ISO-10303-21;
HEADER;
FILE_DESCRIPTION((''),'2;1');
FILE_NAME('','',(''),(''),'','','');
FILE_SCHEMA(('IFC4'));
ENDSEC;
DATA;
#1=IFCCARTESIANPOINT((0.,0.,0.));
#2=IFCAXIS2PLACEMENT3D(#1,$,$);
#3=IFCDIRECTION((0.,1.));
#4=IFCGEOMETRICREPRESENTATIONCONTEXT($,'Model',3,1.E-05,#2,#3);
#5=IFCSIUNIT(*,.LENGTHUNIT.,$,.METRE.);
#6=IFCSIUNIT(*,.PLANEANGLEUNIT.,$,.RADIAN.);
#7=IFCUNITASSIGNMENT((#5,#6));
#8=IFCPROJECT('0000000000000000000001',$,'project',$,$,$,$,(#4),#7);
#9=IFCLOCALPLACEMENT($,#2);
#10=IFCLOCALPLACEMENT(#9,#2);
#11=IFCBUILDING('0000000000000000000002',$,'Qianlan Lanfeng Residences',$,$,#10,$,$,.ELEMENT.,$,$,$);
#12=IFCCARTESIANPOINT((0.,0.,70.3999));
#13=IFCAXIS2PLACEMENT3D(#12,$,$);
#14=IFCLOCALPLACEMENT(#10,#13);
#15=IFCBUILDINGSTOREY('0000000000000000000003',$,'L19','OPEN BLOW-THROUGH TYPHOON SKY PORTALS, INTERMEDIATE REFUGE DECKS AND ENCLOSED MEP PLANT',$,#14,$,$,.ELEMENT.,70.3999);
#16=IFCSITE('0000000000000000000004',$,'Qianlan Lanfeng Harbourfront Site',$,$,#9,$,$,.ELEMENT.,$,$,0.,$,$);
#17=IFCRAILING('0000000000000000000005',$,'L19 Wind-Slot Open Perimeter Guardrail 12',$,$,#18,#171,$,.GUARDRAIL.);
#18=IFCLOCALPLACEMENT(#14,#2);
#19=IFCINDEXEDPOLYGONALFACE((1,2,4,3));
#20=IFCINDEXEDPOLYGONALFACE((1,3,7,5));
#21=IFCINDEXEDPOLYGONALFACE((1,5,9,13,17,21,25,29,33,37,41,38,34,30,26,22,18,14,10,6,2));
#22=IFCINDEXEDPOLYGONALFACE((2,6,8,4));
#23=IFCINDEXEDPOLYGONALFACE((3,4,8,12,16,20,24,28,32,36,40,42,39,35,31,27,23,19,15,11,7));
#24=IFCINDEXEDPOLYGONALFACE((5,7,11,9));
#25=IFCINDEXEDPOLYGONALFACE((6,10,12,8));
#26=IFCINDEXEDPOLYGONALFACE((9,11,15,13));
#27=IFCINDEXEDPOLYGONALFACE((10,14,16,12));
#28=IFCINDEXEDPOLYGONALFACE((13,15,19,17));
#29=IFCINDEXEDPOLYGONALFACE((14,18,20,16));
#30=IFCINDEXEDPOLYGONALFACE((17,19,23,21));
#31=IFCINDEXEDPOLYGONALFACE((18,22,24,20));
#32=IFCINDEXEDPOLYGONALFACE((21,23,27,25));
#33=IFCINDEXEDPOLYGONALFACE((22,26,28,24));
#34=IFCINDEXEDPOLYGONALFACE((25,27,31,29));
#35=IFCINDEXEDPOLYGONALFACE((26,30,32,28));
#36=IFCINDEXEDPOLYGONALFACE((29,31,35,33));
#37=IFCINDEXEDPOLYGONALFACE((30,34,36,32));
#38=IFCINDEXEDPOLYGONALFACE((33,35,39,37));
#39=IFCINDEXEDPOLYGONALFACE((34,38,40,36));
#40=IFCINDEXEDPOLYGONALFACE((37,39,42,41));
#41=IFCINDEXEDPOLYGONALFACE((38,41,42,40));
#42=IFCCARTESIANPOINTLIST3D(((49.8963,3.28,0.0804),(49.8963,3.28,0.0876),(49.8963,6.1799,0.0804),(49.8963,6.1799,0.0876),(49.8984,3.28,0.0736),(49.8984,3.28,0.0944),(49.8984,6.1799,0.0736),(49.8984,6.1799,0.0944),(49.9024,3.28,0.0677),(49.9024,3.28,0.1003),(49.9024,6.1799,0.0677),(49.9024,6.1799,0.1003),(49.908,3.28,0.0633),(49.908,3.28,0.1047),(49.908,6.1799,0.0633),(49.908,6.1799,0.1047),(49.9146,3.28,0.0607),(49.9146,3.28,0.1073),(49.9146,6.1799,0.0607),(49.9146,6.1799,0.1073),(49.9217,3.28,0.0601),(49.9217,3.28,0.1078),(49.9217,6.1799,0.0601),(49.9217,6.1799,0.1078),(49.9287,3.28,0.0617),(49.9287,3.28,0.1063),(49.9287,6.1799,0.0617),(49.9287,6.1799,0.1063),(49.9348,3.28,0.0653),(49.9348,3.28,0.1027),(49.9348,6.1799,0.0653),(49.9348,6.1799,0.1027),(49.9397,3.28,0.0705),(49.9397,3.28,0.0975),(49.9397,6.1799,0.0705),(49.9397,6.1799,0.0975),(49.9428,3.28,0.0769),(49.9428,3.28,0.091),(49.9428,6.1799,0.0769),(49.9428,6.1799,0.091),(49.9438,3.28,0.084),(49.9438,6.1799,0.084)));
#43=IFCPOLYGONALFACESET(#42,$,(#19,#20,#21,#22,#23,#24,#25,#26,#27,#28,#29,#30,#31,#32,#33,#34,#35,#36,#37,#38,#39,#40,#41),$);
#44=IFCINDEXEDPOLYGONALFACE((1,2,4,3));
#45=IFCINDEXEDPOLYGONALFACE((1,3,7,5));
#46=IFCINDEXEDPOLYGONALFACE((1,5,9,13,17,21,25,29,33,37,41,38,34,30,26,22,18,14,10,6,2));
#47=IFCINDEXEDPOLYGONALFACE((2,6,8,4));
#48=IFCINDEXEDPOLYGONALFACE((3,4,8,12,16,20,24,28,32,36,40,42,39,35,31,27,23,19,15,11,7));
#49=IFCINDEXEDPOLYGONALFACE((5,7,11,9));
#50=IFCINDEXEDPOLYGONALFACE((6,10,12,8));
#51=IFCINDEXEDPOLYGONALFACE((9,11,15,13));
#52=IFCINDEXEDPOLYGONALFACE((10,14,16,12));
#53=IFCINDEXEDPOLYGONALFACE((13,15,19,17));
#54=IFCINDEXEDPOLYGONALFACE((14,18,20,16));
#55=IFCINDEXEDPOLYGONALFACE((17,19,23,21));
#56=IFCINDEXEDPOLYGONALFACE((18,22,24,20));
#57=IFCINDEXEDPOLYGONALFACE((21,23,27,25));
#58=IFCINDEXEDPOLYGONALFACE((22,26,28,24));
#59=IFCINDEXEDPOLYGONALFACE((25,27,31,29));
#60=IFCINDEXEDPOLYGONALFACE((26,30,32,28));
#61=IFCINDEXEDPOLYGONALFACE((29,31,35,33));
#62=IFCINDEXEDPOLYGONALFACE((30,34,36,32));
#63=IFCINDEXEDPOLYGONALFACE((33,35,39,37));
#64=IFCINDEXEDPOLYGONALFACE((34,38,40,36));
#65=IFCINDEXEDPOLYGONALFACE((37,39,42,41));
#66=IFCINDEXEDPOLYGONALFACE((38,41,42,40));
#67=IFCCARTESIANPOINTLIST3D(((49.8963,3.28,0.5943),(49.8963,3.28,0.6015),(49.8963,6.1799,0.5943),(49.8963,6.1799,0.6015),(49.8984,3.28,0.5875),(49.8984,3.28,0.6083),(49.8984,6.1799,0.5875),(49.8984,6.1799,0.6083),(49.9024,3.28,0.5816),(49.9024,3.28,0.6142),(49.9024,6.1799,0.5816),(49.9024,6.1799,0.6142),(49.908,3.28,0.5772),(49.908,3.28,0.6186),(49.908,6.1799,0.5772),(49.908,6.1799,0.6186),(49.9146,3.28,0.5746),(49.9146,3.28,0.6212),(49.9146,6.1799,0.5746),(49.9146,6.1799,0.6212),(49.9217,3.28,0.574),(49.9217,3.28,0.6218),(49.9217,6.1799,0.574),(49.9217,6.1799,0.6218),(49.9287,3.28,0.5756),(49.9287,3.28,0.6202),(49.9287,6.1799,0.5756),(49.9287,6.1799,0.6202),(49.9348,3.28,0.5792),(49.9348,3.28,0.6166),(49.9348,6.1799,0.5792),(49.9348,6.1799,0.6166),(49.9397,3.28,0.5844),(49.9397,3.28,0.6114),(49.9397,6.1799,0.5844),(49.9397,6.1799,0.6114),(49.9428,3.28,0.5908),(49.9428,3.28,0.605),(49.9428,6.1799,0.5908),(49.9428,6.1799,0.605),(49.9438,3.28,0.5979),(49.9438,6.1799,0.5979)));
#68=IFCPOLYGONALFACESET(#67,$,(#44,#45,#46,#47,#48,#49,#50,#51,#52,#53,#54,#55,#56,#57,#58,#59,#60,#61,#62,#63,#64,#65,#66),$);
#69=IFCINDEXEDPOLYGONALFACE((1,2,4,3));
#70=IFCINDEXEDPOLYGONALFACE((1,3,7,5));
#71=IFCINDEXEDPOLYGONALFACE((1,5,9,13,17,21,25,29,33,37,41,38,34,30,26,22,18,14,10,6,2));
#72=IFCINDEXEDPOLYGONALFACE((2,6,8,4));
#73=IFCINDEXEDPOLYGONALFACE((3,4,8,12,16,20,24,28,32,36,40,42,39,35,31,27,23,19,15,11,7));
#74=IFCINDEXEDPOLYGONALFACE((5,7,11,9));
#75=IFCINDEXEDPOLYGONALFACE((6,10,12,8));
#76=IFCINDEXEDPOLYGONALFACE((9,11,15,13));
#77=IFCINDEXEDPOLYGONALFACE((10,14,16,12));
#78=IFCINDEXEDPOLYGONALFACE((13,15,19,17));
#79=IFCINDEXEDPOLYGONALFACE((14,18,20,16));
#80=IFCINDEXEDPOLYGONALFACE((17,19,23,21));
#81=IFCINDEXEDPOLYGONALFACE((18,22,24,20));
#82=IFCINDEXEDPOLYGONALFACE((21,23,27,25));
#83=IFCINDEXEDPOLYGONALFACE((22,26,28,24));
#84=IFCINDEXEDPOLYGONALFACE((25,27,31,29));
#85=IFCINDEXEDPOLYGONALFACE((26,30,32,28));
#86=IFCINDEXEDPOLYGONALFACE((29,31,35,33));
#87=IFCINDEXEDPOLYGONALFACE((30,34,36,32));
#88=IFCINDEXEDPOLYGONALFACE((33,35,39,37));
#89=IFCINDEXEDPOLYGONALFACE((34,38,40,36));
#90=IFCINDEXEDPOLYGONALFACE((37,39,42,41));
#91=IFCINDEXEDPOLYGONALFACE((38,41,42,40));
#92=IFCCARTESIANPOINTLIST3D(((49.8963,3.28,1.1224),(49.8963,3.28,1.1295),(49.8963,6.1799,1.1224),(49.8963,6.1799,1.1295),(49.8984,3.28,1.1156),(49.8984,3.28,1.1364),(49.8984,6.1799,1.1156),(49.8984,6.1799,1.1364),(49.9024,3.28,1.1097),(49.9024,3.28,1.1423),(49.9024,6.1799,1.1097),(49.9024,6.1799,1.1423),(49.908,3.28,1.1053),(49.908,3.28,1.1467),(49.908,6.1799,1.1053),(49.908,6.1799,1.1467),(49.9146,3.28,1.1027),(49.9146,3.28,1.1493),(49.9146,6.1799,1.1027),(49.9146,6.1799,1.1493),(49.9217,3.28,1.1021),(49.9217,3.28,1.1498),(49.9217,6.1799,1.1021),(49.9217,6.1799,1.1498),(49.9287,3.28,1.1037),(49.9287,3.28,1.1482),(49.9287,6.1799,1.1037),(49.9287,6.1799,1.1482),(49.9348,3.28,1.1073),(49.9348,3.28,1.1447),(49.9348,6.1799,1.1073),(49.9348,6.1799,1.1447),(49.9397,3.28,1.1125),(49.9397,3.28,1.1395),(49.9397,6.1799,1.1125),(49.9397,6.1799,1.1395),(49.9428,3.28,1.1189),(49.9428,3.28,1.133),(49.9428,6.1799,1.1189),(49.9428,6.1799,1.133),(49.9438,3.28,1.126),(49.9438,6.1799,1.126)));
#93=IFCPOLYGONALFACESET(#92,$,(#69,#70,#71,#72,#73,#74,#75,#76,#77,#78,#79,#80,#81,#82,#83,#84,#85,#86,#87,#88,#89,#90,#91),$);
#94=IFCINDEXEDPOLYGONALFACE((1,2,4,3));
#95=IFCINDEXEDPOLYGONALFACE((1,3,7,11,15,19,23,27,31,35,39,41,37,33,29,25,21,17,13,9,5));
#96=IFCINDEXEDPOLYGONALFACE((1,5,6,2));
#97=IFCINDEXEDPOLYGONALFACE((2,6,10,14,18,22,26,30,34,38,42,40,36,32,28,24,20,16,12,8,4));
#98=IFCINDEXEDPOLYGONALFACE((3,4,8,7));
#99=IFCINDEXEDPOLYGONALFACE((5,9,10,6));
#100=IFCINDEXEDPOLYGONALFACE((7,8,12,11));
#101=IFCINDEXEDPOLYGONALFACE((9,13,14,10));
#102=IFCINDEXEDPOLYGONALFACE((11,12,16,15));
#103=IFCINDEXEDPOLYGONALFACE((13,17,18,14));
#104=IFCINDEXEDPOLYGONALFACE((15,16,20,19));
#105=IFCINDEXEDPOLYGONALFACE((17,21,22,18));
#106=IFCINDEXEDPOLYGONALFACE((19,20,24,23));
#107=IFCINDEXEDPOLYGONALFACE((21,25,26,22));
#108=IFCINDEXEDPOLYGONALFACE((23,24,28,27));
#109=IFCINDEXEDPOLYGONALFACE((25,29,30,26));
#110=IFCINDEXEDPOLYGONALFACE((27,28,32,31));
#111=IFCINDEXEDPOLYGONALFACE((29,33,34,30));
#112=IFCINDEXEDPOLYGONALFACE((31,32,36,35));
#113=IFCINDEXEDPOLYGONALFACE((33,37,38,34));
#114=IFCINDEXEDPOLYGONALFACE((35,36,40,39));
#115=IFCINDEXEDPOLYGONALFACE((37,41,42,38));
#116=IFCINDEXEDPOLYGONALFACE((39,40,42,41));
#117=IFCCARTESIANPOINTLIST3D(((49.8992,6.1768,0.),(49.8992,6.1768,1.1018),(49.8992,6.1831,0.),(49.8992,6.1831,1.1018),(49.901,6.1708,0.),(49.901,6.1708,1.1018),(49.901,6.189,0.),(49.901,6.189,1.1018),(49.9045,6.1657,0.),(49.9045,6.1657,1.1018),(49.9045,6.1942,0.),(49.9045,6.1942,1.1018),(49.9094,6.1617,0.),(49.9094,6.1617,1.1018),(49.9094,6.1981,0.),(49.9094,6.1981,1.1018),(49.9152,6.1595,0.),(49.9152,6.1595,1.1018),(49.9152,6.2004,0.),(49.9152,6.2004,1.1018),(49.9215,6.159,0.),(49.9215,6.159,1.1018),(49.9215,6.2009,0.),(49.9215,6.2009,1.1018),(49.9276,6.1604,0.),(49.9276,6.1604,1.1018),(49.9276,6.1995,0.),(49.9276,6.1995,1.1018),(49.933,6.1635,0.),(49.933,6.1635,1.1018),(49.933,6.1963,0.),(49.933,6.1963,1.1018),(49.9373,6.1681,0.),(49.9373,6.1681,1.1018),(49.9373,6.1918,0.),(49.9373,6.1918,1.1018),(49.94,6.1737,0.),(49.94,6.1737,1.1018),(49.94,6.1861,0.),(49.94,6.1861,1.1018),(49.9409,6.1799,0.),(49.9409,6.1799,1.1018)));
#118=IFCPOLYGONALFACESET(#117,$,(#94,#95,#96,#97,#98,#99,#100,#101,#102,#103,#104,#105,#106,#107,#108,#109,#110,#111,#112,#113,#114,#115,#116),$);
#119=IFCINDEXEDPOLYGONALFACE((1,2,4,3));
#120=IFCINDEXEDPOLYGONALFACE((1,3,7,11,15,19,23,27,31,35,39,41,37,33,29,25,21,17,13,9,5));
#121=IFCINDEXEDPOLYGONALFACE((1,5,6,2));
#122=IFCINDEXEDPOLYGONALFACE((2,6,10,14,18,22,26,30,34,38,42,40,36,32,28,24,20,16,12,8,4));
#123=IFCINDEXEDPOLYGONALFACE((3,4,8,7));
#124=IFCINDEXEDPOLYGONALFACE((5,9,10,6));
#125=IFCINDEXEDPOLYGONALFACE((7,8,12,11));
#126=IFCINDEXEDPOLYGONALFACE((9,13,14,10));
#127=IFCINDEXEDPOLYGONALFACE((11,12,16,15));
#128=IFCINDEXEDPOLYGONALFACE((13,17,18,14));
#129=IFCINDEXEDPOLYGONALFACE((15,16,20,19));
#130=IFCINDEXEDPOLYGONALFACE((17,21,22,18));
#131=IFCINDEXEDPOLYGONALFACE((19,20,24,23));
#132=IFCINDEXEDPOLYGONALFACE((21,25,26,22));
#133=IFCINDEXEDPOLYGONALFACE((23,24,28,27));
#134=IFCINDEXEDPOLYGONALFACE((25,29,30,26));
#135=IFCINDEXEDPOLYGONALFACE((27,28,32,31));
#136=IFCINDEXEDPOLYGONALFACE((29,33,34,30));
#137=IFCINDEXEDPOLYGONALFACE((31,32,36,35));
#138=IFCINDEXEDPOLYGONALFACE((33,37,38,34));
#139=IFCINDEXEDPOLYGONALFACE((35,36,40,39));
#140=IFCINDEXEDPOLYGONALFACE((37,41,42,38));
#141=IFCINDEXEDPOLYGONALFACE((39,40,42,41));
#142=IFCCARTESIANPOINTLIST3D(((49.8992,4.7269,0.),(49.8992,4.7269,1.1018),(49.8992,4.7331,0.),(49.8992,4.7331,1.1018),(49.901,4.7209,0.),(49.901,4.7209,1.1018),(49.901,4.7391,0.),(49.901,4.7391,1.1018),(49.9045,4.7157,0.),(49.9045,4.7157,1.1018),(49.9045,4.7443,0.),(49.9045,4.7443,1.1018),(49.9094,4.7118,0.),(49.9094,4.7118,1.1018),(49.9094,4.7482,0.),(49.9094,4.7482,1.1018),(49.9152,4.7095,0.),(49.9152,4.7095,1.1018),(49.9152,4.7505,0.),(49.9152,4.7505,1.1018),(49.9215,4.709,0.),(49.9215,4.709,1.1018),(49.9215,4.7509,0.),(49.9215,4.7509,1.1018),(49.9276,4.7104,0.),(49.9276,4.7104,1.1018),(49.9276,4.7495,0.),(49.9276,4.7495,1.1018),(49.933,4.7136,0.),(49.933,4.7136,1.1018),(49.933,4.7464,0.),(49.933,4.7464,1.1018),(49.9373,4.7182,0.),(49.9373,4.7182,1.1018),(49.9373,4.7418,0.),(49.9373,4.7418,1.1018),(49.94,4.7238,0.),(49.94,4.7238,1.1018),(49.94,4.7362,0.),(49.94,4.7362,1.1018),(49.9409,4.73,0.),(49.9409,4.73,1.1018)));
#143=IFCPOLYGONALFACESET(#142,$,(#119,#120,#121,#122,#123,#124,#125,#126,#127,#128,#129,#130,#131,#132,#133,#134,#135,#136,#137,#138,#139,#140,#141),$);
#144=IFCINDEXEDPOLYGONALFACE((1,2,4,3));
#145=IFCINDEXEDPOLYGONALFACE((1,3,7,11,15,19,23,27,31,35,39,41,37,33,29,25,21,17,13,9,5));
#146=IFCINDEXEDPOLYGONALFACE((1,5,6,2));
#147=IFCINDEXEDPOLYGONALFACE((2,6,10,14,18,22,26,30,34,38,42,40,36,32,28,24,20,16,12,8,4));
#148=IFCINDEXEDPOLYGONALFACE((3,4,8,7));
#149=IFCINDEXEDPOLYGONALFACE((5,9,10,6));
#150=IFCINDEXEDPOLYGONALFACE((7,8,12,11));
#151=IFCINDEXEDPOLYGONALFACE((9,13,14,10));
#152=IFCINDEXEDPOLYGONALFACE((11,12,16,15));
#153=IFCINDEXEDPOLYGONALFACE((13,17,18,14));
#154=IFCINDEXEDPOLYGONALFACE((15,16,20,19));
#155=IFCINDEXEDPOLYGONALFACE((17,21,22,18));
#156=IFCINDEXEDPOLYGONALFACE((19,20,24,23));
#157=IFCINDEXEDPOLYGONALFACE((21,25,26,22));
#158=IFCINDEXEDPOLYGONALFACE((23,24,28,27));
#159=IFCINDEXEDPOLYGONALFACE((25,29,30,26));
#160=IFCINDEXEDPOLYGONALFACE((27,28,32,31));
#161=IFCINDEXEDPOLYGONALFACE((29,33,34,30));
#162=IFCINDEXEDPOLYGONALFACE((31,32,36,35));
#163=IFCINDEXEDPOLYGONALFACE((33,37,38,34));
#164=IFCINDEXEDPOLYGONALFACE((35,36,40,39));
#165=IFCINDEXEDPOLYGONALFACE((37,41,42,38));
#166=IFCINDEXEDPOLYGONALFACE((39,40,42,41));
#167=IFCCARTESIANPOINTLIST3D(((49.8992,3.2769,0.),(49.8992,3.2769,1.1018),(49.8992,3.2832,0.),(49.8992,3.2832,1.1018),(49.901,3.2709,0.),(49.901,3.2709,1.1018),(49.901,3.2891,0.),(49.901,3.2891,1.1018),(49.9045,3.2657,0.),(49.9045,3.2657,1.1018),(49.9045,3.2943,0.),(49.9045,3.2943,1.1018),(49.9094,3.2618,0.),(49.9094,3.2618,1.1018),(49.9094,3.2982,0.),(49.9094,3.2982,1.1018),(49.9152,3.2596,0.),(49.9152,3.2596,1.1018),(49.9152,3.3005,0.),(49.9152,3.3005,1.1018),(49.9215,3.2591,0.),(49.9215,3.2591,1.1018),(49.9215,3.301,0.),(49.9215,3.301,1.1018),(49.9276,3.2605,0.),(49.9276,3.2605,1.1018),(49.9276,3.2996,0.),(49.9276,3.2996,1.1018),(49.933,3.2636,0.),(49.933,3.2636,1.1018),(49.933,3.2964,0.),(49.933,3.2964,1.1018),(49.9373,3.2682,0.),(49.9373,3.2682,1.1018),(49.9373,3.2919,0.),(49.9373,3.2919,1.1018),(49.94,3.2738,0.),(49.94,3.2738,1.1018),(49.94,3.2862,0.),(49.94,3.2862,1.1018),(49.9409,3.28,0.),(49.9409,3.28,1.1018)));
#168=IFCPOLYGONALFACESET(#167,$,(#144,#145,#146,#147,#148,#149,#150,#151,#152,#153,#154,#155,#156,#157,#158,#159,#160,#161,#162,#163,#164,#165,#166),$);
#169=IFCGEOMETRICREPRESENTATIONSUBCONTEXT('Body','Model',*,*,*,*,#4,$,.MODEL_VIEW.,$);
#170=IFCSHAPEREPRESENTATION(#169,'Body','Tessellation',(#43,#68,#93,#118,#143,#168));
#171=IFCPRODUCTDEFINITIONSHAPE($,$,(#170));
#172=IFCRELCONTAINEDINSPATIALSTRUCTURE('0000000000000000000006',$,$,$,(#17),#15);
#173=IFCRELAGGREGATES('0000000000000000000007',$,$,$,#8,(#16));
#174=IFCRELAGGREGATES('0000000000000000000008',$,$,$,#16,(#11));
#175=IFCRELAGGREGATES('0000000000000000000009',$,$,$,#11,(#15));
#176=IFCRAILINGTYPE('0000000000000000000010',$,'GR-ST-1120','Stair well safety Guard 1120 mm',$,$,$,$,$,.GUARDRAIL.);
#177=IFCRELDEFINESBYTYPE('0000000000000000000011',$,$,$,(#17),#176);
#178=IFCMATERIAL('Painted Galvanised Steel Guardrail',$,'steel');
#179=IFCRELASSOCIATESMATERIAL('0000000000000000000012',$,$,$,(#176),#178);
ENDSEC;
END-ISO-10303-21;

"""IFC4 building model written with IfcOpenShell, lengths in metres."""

from ifc_helpers import new_model, si_unit, direction, frame, origin, origin_2d, place, context, subcontext, project, spatial, circle, extrude, material, type_object, element, save


model = new_model("IFC4")

# Units and contexts
model_context = context("Model", 3, precision=1e-05, world=origin(), true_north=direction((0.0, 1.0)))
body_context = subcontext(model_context, "Body", "Model", "MODEL_VIEW")
ifc_project = project(units=[si_unit("LENGTHUNIT", "METRE"), si_unit("PLANEANGLEUNIT", "RADIAN")], contexts=[model_context])

# Site, building, storey
site_placement = place(None, origin())
site = spatial("IfcSite", under=ifc_project, at=site_placement, Name="Qianlan Lanfeng Harbourfront Site", CompositionType="ELEMENT", RefElevation=0.0)
building_placement = place(site_placement, origin())
building = spatial("IfcBuilding", under=site, at=building_placement, Name="Qianlan Lanfeng Residences", CompositionType="ELEMENT")
storey_placement = place(building_placement, frame((0.0, 0.0, 70.3999)))
storey = spatial("IfcBuildingStorey", under=building, at=storey_placement, Name="L19", Description="OPEN BLOW-THROUGH TYPHOON SKY PORTALS, INTERMEDIATE REFUGE DECKS AND ENCLOSED MEP PLANT", CompositionType="ELEMENT", Elevation=70.3999)

# Railing
ifc_material_1 = material(Name="Painted Galvanised Steel Guardrail", Category="steel")
railing_type = type_object("IfcRailingType", Name="GR-ST-1120", Description="Stair well safety Guard 1120 mm", PredefinedType="GUARDRAIL", material=ifc_material_1)
railing_1_placement = place(storey_placement, frame((49.9199, 6.1799, 0.0)))
element("IfcRailing", 1, at=railing_1_placement, inside=storey, type_object=railing_type, Name="L19 Wind-Slot Open Perimeter Guardrail 12", PredefinedType="GUARDRAIL", context=body_context, shape_type="SweptSolid", body=[
    extrude(circle(Radius=0.0239, at=origin_2d()), frame((0.0, 0.0, 0.084), z_axis=(0.0, -1.0, 0.0), x_axis=(1.0, 0.0, 0.0)), (0.0, 0.0, 1.0), 2.8999),
    extrude(circle(Radius=0.0239, at=origin_2d()), frame((0.0, 0.0, 0.5979), z_axis=(0.0, -1.0, 0.0), x_axis=(1.0, 0.0, 0.0)), (0.0, 0.0, 1.0), 2.8999),
    extrude(circle(Radius=0.0239, at=origin_2d()), frame((0.0, 0.0, 1.126), z_axis=(0.0, -1.0, 0.0), x_axis=(1.0, 0.0, 0.0)), (0.0, 0.0, 1.0), 2.8999),
    extrude(circle(Radius=0.021, at=origin_2d()), origin(), (0.0, 0.0, 1.0), 1.1018),
    extrude(circle(Radius=0.021, at=origin_2d()), frame((0.0, -1.45, 0.0)), (0.0, 0.0, 1.0), 1.1018),
    extrude(circle(Radius=0.021, at=origin_2d()), frame((0.0, -2.8999, 0.0)), (0.0, 0.0, 1.0), 1.1018),
])

save(model, "model.ifc")
